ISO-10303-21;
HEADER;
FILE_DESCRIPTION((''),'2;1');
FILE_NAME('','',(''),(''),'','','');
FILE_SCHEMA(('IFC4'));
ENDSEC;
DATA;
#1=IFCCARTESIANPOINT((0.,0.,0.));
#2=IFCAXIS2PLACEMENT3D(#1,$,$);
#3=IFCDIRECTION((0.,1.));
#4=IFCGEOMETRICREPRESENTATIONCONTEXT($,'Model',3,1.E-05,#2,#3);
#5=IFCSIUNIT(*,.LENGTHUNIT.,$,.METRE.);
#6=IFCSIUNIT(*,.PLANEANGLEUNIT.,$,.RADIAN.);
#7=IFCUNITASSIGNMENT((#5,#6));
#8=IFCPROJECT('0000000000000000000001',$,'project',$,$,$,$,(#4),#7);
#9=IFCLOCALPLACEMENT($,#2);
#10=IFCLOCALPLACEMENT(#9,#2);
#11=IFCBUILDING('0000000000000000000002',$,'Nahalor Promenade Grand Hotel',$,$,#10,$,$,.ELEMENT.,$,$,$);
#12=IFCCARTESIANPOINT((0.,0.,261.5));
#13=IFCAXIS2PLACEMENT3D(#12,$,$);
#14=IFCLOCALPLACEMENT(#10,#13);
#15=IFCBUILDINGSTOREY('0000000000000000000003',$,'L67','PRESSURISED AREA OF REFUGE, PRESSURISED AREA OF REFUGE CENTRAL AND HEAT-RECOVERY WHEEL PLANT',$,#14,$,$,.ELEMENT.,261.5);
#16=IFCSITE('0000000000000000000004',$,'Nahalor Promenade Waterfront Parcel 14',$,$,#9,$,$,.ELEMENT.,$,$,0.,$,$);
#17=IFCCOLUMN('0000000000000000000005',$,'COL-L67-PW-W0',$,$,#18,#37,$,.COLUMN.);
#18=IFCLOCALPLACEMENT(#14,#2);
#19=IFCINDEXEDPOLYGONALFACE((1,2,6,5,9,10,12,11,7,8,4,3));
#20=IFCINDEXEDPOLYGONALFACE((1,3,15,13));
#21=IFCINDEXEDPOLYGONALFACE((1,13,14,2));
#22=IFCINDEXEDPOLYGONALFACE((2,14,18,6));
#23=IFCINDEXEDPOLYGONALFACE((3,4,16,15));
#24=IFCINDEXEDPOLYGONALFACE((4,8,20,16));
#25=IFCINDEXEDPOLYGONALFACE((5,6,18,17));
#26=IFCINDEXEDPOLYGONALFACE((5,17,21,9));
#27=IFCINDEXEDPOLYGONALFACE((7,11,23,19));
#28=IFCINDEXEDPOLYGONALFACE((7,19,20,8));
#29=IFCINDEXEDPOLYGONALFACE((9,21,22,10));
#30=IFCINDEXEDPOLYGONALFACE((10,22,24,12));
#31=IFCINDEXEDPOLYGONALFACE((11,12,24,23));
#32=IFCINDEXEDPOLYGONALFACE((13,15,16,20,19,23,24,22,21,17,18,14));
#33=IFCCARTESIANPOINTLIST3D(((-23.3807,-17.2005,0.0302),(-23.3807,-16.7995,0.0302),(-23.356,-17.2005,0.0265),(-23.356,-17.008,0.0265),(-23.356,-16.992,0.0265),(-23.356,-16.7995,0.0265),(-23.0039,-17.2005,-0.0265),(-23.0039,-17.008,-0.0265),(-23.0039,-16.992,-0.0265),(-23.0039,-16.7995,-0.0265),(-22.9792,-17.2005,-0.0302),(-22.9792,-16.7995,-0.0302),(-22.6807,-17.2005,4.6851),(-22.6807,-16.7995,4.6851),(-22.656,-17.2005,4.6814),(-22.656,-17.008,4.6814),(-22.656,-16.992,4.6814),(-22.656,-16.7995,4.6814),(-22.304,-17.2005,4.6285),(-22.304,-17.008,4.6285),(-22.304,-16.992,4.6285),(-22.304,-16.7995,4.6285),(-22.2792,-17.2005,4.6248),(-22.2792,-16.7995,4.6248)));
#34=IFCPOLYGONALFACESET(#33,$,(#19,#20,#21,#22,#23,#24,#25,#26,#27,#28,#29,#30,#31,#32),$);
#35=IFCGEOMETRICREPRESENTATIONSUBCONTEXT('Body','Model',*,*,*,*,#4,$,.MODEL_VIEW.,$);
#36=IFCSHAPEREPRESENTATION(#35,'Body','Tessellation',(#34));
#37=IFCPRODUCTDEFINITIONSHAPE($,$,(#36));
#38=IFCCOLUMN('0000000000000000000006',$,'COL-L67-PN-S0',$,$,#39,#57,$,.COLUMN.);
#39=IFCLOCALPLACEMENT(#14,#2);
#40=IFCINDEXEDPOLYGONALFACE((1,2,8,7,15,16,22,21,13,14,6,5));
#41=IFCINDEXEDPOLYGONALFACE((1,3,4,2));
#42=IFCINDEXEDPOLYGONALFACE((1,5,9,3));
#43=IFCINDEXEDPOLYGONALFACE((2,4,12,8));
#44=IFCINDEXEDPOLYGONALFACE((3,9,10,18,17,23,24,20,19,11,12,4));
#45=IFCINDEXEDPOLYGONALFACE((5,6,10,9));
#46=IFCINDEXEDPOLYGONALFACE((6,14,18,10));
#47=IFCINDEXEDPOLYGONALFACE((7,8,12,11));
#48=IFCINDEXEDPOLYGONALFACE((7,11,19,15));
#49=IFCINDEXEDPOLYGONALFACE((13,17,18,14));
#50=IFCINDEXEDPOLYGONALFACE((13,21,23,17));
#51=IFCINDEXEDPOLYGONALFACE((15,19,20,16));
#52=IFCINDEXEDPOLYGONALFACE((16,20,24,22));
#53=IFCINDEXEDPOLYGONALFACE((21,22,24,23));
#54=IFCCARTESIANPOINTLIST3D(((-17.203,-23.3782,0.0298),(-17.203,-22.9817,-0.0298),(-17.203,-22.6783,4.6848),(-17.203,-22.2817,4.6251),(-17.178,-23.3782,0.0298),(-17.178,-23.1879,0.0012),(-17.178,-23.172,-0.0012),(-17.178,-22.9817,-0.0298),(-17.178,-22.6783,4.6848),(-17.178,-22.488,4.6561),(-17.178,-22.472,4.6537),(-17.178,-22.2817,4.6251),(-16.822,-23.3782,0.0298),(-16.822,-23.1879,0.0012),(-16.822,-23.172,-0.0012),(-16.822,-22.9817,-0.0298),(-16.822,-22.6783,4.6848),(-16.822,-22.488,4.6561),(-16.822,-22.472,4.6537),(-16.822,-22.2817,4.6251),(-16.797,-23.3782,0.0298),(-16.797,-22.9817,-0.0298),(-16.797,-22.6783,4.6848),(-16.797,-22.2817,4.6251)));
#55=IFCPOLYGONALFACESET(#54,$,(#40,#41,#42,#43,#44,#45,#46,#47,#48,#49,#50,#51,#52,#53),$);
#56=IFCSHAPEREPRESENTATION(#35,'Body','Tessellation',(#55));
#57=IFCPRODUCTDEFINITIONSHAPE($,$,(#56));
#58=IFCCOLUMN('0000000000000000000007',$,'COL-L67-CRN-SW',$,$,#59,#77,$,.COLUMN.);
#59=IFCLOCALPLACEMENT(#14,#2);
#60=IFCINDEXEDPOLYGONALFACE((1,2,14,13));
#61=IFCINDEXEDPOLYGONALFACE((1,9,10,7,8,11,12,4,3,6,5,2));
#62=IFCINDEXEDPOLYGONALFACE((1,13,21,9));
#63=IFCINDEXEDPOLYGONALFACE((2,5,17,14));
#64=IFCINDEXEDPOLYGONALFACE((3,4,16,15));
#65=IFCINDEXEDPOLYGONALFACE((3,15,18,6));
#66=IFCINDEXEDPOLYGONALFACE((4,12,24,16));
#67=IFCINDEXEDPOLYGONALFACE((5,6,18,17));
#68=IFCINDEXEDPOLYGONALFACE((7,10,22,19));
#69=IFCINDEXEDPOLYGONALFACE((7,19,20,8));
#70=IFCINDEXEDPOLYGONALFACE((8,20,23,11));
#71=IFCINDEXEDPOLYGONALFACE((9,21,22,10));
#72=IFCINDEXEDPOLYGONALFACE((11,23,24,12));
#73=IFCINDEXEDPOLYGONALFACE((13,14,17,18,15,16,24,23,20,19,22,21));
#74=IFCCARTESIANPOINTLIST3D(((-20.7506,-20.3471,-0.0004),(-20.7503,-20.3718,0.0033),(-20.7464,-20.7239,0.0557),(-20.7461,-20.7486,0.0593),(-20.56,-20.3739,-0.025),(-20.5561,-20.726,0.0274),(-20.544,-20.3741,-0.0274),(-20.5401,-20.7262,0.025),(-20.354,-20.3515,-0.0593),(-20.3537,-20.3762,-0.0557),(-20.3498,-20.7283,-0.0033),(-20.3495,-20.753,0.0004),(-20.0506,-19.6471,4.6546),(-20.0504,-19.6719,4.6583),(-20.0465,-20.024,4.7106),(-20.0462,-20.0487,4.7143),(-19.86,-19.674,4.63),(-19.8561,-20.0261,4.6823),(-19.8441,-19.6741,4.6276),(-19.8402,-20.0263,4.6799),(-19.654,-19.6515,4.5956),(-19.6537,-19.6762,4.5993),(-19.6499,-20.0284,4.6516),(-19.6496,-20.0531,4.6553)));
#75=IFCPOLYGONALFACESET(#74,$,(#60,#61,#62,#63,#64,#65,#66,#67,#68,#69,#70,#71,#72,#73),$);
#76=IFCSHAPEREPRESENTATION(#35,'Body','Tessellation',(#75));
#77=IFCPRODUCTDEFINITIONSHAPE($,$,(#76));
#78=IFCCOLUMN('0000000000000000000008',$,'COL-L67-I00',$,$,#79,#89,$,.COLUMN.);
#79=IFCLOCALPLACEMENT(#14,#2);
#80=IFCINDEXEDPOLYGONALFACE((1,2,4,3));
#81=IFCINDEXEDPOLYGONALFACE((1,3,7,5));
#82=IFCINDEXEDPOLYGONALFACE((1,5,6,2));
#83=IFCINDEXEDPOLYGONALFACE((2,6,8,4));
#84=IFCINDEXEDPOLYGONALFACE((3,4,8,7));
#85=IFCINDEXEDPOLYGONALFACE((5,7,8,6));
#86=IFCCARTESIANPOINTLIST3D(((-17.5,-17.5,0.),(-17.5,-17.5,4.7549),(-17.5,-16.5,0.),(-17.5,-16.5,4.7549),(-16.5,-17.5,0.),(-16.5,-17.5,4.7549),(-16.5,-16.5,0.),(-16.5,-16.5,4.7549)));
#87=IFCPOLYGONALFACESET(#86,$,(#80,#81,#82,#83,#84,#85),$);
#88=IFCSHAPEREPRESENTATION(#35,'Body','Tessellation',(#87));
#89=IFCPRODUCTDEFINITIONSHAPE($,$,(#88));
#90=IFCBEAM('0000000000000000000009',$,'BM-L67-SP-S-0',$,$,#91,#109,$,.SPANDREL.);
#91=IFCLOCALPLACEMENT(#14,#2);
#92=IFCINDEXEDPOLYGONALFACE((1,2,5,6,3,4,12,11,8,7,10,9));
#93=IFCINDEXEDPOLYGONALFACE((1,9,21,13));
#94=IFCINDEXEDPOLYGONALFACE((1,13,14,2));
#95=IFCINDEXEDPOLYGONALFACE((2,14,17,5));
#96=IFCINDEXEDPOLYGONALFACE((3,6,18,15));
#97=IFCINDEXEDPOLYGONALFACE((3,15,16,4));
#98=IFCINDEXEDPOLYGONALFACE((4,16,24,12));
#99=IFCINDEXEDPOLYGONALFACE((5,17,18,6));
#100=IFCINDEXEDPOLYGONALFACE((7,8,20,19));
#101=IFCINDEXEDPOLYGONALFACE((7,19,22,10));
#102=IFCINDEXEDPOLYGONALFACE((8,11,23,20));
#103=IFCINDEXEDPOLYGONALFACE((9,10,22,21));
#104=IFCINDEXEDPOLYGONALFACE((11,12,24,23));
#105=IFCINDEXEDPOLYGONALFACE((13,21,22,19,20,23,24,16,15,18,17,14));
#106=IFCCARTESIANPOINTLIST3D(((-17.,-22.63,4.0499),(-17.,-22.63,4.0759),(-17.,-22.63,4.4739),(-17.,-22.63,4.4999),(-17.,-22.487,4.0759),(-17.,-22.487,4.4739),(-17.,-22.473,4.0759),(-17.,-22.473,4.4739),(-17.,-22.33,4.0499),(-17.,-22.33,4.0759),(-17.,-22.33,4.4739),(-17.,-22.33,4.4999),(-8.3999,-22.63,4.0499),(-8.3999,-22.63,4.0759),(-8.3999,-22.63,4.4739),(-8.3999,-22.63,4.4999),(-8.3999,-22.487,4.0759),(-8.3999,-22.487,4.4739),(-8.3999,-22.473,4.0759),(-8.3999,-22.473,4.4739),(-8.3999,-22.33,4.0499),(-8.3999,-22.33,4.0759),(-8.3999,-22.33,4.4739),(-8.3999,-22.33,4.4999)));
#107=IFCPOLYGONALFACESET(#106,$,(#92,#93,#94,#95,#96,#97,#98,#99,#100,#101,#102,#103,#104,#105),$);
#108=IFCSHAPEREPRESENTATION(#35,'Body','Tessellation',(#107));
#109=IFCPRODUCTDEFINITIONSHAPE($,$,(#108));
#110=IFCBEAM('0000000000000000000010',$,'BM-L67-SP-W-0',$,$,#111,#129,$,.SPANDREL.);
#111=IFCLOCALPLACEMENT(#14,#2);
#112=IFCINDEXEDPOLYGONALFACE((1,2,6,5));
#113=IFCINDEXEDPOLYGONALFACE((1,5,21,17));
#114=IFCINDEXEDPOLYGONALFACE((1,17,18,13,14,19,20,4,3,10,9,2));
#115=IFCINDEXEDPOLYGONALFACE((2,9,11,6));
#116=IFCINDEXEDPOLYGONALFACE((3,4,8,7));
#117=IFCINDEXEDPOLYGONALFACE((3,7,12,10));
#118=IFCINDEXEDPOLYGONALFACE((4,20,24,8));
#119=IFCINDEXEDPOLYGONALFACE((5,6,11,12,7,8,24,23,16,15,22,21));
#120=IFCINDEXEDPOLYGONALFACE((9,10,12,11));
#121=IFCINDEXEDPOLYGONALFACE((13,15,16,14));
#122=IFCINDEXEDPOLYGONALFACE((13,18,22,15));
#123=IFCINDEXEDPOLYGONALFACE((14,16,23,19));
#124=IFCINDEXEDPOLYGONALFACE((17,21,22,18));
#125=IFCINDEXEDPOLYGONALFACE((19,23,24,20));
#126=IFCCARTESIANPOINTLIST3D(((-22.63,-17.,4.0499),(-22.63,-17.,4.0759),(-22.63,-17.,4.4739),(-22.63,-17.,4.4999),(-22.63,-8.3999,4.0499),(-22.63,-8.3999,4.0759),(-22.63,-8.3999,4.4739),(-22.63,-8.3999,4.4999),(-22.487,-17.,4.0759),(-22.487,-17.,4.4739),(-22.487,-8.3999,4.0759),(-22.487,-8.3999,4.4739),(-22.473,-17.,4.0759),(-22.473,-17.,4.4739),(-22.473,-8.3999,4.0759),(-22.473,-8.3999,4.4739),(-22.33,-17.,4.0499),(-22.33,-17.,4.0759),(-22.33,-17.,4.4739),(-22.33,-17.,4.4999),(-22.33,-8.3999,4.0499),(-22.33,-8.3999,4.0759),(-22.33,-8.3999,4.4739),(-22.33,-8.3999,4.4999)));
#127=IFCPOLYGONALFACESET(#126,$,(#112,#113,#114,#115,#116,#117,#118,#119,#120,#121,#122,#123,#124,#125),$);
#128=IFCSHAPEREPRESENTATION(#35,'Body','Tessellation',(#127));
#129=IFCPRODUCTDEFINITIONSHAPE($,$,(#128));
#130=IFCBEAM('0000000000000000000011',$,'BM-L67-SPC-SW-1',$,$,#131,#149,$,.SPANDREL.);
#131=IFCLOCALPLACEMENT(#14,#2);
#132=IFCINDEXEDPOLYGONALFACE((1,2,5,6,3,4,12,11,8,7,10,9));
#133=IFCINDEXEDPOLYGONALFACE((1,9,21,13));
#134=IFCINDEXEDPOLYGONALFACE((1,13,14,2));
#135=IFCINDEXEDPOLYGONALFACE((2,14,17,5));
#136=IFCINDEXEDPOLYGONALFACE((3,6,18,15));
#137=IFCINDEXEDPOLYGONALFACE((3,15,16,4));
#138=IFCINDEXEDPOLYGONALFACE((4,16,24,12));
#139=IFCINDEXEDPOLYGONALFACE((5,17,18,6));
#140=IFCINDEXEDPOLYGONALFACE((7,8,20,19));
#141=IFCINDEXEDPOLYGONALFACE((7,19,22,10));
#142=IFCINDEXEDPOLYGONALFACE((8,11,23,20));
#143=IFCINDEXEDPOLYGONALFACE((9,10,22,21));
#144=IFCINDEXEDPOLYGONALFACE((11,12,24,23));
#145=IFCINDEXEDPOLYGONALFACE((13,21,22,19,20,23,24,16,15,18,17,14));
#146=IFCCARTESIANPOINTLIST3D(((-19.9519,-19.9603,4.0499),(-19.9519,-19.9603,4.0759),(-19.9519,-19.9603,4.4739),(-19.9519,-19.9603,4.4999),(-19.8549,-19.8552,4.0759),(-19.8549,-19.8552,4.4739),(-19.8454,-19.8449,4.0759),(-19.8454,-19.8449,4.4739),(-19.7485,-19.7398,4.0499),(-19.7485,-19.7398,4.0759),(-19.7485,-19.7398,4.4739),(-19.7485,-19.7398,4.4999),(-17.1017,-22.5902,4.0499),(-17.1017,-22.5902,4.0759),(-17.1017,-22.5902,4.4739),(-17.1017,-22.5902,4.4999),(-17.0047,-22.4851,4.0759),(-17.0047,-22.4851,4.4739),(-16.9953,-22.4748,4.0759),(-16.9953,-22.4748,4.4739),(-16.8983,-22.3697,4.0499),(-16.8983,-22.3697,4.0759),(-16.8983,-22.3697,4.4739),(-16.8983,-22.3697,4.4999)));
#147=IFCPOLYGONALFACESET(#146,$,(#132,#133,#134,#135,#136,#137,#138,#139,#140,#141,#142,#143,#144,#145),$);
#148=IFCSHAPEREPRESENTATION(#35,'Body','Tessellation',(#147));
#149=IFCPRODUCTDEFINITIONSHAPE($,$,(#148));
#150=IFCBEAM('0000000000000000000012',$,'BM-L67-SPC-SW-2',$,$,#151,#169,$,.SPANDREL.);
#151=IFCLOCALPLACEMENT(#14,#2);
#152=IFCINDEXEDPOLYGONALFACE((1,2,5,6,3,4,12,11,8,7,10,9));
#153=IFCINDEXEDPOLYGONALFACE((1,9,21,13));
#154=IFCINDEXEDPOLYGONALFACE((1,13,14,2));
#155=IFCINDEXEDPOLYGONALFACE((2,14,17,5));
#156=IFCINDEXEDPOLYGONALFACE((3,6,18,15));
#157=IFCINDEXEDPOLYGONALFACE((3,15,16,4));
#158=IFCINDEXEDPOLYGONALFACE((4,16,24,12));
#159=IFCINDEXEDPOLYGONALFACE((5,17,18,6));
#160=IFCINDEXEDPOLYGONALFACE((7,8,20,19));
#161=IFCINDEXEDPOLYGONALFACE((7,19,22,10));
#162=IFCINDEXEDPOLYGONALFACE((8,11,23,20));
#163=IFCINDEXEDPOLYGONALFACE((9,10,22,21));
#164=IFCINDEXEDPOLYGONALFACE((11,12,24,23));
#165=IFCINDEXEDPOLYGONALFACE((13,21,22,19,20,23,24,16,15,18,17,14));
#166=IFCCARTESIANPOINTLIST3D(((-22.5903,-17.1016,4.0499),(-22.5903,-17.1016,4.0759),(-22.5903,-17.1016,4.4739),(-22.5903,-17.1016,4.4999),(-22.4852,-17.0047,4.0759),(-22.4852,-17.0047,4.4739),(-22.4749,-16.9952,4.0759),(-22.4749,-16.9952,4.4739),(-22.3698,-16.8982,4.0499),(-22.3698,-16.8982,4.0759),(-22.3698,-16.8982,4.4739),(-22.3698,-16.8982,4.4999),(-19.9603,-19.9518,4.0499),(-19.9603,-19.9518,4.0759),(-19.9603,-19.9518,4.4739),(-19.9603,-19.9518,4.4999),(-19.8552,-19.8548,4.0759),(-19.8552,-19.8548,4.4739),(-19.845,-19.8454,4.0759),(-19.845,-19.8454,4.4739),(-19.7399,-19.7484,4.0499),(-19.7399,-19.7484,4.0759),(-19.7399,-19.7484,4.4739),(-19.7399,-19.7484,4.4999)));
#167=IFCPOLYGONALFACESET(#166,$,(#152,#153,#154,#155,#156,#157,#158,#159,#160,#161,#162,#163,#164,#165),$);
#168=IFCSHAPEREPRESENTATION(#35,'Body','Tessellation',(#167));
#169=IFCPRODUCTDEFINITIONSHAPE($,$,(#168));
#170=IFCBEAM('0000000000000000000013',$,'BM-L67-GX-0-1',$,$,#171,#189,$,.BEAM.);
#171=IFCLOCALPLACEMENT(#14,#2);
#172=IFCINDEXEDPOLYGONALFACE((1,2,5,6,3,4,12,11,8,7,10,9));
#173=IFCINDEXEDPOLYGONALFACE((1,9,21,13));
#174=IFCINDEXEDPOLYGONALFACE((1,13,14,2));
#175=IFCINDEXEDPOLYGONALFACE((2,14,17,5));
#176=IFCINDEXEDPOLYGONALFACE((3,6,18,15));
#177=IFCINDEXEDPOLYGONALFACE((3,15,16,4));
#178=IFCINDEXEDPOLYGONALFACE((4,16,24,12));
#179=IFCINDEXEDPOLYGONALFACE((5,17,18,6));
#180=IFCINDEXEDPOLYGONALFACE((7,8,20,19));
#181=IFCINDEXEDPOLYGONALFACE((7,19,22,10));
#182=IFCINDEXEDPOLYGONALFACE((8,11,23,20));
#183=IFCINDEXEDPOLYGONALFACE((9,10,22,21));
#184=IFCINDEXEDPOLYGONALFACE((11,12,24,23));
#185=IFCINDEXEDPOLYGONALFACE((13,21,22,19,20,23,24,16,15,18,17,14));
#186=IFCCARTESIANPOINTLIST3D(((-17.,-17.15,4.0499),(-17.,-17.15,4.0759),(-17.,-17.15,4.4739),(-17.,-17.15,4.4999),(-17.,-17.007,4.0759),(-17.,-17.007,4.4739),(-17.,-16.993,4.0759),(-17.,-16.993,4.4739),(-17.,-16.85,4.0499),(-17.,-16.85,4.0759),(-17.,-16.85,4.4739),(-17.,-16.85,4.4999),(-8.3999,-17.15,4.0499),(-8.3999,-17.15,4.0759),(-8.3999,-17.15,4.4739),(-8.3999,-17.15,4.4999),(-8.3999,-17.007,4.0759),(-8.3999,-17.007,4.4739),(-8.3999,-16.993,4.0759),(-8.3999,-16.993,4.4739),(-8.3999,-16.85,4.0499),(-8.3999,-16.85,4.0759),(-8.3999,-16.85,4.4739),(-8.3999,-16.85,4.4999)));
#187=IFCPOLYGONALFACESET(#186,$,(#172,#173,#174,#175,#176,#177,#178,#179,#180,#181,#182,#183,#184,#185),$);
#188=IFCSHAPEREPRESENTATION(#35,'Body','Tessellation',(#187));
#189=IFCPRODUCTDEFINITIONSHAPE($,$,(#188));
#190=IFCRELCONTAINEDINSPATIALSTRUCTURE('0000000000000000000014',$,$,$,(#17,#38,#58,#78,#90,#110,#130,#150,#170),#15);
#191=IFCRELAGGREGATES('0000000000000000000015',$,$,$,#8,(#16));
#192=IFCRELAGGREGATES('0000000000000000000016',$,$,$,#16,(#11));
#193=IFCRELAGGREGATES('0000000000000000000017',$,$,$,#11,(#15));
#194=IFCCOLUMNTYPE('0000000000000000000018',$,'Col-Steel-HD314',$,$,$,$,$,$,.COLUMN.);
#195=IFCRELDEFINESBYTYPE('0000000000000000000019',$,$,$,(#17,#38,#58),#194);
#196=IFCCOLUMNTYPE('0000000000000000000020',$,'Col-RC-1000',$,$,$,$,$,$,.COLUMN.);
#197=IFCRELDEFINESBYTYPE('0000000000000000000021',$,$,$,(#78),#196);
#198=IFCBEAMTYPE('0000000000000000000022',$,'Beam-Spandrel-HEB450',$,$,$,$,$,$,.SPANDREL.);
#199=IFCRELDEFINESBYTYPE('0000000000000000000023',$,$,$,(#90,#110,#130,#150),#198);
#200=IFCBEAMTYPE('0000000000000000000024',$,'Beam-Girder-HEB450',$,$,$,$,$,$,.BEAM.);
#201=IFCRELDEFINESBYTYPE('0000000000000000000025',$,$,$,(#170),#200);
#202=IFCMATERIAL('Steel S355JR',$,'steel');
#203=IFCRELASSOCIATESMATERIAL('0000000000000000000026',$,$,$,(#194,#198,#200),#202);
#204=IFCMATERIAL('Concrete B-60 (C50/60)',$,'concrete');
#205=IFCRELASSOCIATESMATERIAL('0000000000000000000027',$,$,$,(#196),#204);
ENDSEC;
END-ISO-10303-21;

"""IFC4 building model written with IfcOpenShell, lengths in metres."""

from ifc_helpers import new_model, si_unit, direction, frame, origin, origin_2d, place, context, subcontext, project, spatial, rectangle, i_section, extrude, source, transform, mapped, material, material_profile, profile_set, type_object, element, save


model = new_model("IFC4")

# Units and contexts
model_context = context("Model", 3, precision=1e-05, world=origin(), true_north=direction((0.0, 1.0)))
body_context = subcontext(model_context, "Body", "Model", "MODEL_VIEW")
ifc_project = project(units=[si_unit("LENGTHUNIT", "METRE"), si_unit("PLANEANGLEUNIT", "RADIAN")], contexts=[model_context])

# Site, building, storey
site_placement = place(None, origin())
site = spatial("IfcSite", under=ifc_project, at=site_placement, Name="Nahalor Promenade Waterfront Parcel 14", CompositionType="ELEMENT", RefElevation=0.0)
building_placement = place(site_placement, origin())
building = spatial("IfcBuilding", under=site, at=building_placement, Name="Nahalor Promenade Grand Hotel", CompositionType="ELEMENT")
storey_placement = place(building_placement, frame((0.0, 0.0, 261.5)))
storey = spatial("IfcBuildingStorey", under=building, at=storey_placement, Name="L67", Description="PRESSURISED AREA OF REFUGE, PRESSURISED AREA OF REFUGE CENTRAL AND HEAT-RECOVERY WHEEL PLANT", CompositionType="ELEMENT", Elevation=261.5)

# Columns
ifc_material_1 = material(Name="Steel S355JR", Category="steel")
ifc_material_profile_1 = material_profile(ifc_material_1, i_section(OverallWidth=0.401, OverallDepth=0.406, WebThickness=0.0161, FlangeThickness=0.025, at=origin_2d()), Name="HD 400x314")
ifc_profile_set_1 = profile_set([ifc_material_profile_1], Name="Steel S355JR")
column_type_1 = type_object("IfcColumnType", Name="Col-Steel-HD314", PredefinedType="COLUMN", material=ifc_profile_set_1)
shared_shape_1 = source(origin(), body_context, "Body", "SweptSolid", [
    extrude(i_section(OverallWidth=0.401, OverallDepth=0.406, WebThickness=0.0161, FlangeThickness=0.025, at=origin_2d()), origin(), (0.0, 0.0, 1.0), 4.7073),
])
for number, where, z_axis, x_axis, name in (
    (1, (-23.1799, -17.0, 0.0), (0.148693, 0.0, 0.988883), (0.0, 1.0, 0.0), "COL-L67-PW-W0"),
    (2, (-17.0, -23.1799, 0.0), (0.0, 0.148693, 0.988883), (0.0, -0.988883, 0.148693), "COL-L67-PN-S0"),
):
    element("IfcColumn", number, at=place(storey_placement, frame(where, z_axis=z_axis, x_axis=x_axis)), inside=storey, type_object=column_type_1, Name=name, PredefinedType="COLUMN", context=body_context, shape_type="MappedRepresentation", body=[
        mapped(shared_shape_1, transform((0.0, 0.0, 0.0), scale=1.0)),
    ])
shared_shape_2 = source(origin(), body_context, "Body", "SweptSolid", [
    extrude(i_section(OverallWidth=0.401, OverallDepth=0.406, WebThickness=0.0161, FlangeThickness=0.025, at=origin_2d()), origin(), (0.0, 0.0, 1.0), 4.759),
])
column_1_placement = place(storey_placement, frame((-20.55, -20.55, 0.0), z_axis=(0.147076, 0.147076, 0.97813), x_axis=(-0.989065, 0.010935, 0.147076)))
element("IfcColumn", 3, at=column_1_placement, inside=storey, type_object=column_type_1, Name="COL-L67-CRN-SW", PredefinedType="COLUMN", context=body_context, shape_type="MappedRepresentation", body=[
    mapped(shared_shape_2, transform((0.0, 0.0, 0.0), scale=1.0)),
])
ifc_material_2 = material(Name="Concrete B-60 (C50/60)", Category="concrete")
ifc_material_profile_2 = material_profile(ifc_material_2, rectangle(XDim=1.0, YDim=1.0, at=origin_2d()), Name="RC 1000x1000")
ifc_profile_set_2 = profile_set([ifc_material_profile_2], Name="Concrete B-60 (C50/60)")
column_type_2 = type_object("IfcColumnType", Name="Col-RC-1000", PredefinedType="COLUMN", material=ifc_profile_set_2)
shared_shape_3 = source(origin(), body_context, "Body", "SweptSolid", [
    extrude(rectangle(XDim=1.0, YDim=1.0, at=origin_2d()), origin(), (0.0, 0.0, 1.0), 4.7549),
])
column_2_placement = place(storey_placement, frame((-17.0, -17.0, 0.0), z_axis=(0.0, 0.0, 1.0), x_axis=(1.0, 0.0, 0.0)))
element("IfcColumn", 4, at=column_2_placement, inside=storey, type_object=column_type_2, Name="COL-L67-I00", PredefinedType="COLUMN", context=body_context, shape_type="MappedRepresentation", body=[
    mapped(shared_shape_3, transform((0.0, 0.0, 0.0), scale=1.0)),
])

# Beams
ifc_material_profile_3 = material_profile(ifc_material_1, i_section(OverallWidth=0.3, OverallDepth=0.45, WebThickness=0.014, FlangeThickness=0.026, at=origin_2d()), Name="HEB 450")
ifc_profile_set_3 = profile_set([ifc_material_profile_3], Name="Steel S355JR")
beam_type_1 = type_object("IfcBeamType", Name="Beam-Spandrel-HEB450", PredefinedType="SPANDREL", material=ifc_profile_set_3)
shared_shape_4 = source(origin(), body_context, "Body", "SweptSolid", [
    extrude(i_section(OverallWidth=0.3, OverallDepth=0.45, WebThickness=0.014, FlangeThickness=0.026, at=origin_2d()), origin(), (0.0, 0.0, 1.0), 8.6001),
])
for number, where, z_axis, x_axis, name in (
    (5, (-17.0, -22.48, 4.2749), (1.0, 0.0, 0.0), (0.0, 1.0, 0.0), "BM-L67-SP-S-0"),
    (6, (-22.48, -17.0, 4.2749), (0.0, 1.0, 0.0), (-1.0, 0.0, 0.0), "BM-L67-SP-W-0"),
):
    element("IfcBeam", number, at=place(storey_placement, frame(where, z_axis=z_axis, x_axis=x_axis)), inside=storey, type_object=beam_type_1, Name=name, PredefinedType="SPANDREL", context=body_context, shape_type="MappedRepresentation", body=[
        mapped(shared_shape_4, transform((0.0, 0.0, 0.0), scale=1.0)),
    ])
shared_shape_5 = source(origin(), body_context, "Body", "SweptSolid", [
    extrude(i_section(OverallWidth=0.3, OverallDepth=0.45, WebThickness=0.014, FlangeThickness=0.026, at=origin_2d()), origin(), (0.0, 0.0, 1.0), 3.8782),
])
for number, where, z_axis, x_axis, name in (
    (7, (-17.0, -22.48, 4.2749), (-0.734929, 0.678144, 0.0), (-0.678144, -0.734929, 0.0), "BM-L67-SPC-SW-1"),
    (8, (-19.8501, -19.8501, 4.2749), (-0.678144, 0.734929, 0.0), (-0.734929, -0.678144, 0.0), "BM-L67-SPC-SW-2"),
):
    element("IfcBeam", number, at=place(storey_placement, frame(where, z_axis=z_axis, x_axis=x_axis)), inside=storey, type_object=beam_type_1, Name=name, PredefinedType="SPANDREL", context=body_context, shape_type="MappedRepresentation", body=[
        mapped(shared_shape_5, transform((0.0, 0.0, 0.0), scale=1.0)),
    ])
ifc_material_profile_4 = material_profile(ifc_material_1, i_section(OverallWidth=0.3, OverallDepth=0.45, WebThickness=0.014, FlangeThickness=0.026, at=origin_2d()), Name="HEB 450")
ifc_profile_set_4 = profile_set([ifc_material_profile_4], Name="Steel S355JR")
beam_type_2 = type_object("IfcBeamType", Name="Beam-Girder-HEB450", PredefinedType="BEAM", material=ifc_profile_set_4)
shared_shape_6 = source(origin(), body_context, "Body", "SweptSolid", [
    extrude(i_section(OverallWidth=0.3, OverallDepth=0.45, WebThickness=0.014, FlangeThickness=0.026, at=origin_2d()), origin(), (0.0, 0.0, 1.0), 8.6001),
])
beam_1_placement = place(storey_placement, frame((-17.0, -17.0, 4.2749), z_axis=(1.0, 0.0, 0.0), x_axis=(0.0, 1.0, 0.0)))
element("IfcBeam", 9, at=beam_1_placement, inside=storey, type_object=beam_type_2, Name="BM-L67-GX-0-1", PredefinedType="BEAM", context=body_context, shape_type="MappedRepresentation", body=[
    mapped(shared_shape_6, transform((0.0, 0.0, 0.0), scale=1.0)),
])

save(model, "model.ifc")
